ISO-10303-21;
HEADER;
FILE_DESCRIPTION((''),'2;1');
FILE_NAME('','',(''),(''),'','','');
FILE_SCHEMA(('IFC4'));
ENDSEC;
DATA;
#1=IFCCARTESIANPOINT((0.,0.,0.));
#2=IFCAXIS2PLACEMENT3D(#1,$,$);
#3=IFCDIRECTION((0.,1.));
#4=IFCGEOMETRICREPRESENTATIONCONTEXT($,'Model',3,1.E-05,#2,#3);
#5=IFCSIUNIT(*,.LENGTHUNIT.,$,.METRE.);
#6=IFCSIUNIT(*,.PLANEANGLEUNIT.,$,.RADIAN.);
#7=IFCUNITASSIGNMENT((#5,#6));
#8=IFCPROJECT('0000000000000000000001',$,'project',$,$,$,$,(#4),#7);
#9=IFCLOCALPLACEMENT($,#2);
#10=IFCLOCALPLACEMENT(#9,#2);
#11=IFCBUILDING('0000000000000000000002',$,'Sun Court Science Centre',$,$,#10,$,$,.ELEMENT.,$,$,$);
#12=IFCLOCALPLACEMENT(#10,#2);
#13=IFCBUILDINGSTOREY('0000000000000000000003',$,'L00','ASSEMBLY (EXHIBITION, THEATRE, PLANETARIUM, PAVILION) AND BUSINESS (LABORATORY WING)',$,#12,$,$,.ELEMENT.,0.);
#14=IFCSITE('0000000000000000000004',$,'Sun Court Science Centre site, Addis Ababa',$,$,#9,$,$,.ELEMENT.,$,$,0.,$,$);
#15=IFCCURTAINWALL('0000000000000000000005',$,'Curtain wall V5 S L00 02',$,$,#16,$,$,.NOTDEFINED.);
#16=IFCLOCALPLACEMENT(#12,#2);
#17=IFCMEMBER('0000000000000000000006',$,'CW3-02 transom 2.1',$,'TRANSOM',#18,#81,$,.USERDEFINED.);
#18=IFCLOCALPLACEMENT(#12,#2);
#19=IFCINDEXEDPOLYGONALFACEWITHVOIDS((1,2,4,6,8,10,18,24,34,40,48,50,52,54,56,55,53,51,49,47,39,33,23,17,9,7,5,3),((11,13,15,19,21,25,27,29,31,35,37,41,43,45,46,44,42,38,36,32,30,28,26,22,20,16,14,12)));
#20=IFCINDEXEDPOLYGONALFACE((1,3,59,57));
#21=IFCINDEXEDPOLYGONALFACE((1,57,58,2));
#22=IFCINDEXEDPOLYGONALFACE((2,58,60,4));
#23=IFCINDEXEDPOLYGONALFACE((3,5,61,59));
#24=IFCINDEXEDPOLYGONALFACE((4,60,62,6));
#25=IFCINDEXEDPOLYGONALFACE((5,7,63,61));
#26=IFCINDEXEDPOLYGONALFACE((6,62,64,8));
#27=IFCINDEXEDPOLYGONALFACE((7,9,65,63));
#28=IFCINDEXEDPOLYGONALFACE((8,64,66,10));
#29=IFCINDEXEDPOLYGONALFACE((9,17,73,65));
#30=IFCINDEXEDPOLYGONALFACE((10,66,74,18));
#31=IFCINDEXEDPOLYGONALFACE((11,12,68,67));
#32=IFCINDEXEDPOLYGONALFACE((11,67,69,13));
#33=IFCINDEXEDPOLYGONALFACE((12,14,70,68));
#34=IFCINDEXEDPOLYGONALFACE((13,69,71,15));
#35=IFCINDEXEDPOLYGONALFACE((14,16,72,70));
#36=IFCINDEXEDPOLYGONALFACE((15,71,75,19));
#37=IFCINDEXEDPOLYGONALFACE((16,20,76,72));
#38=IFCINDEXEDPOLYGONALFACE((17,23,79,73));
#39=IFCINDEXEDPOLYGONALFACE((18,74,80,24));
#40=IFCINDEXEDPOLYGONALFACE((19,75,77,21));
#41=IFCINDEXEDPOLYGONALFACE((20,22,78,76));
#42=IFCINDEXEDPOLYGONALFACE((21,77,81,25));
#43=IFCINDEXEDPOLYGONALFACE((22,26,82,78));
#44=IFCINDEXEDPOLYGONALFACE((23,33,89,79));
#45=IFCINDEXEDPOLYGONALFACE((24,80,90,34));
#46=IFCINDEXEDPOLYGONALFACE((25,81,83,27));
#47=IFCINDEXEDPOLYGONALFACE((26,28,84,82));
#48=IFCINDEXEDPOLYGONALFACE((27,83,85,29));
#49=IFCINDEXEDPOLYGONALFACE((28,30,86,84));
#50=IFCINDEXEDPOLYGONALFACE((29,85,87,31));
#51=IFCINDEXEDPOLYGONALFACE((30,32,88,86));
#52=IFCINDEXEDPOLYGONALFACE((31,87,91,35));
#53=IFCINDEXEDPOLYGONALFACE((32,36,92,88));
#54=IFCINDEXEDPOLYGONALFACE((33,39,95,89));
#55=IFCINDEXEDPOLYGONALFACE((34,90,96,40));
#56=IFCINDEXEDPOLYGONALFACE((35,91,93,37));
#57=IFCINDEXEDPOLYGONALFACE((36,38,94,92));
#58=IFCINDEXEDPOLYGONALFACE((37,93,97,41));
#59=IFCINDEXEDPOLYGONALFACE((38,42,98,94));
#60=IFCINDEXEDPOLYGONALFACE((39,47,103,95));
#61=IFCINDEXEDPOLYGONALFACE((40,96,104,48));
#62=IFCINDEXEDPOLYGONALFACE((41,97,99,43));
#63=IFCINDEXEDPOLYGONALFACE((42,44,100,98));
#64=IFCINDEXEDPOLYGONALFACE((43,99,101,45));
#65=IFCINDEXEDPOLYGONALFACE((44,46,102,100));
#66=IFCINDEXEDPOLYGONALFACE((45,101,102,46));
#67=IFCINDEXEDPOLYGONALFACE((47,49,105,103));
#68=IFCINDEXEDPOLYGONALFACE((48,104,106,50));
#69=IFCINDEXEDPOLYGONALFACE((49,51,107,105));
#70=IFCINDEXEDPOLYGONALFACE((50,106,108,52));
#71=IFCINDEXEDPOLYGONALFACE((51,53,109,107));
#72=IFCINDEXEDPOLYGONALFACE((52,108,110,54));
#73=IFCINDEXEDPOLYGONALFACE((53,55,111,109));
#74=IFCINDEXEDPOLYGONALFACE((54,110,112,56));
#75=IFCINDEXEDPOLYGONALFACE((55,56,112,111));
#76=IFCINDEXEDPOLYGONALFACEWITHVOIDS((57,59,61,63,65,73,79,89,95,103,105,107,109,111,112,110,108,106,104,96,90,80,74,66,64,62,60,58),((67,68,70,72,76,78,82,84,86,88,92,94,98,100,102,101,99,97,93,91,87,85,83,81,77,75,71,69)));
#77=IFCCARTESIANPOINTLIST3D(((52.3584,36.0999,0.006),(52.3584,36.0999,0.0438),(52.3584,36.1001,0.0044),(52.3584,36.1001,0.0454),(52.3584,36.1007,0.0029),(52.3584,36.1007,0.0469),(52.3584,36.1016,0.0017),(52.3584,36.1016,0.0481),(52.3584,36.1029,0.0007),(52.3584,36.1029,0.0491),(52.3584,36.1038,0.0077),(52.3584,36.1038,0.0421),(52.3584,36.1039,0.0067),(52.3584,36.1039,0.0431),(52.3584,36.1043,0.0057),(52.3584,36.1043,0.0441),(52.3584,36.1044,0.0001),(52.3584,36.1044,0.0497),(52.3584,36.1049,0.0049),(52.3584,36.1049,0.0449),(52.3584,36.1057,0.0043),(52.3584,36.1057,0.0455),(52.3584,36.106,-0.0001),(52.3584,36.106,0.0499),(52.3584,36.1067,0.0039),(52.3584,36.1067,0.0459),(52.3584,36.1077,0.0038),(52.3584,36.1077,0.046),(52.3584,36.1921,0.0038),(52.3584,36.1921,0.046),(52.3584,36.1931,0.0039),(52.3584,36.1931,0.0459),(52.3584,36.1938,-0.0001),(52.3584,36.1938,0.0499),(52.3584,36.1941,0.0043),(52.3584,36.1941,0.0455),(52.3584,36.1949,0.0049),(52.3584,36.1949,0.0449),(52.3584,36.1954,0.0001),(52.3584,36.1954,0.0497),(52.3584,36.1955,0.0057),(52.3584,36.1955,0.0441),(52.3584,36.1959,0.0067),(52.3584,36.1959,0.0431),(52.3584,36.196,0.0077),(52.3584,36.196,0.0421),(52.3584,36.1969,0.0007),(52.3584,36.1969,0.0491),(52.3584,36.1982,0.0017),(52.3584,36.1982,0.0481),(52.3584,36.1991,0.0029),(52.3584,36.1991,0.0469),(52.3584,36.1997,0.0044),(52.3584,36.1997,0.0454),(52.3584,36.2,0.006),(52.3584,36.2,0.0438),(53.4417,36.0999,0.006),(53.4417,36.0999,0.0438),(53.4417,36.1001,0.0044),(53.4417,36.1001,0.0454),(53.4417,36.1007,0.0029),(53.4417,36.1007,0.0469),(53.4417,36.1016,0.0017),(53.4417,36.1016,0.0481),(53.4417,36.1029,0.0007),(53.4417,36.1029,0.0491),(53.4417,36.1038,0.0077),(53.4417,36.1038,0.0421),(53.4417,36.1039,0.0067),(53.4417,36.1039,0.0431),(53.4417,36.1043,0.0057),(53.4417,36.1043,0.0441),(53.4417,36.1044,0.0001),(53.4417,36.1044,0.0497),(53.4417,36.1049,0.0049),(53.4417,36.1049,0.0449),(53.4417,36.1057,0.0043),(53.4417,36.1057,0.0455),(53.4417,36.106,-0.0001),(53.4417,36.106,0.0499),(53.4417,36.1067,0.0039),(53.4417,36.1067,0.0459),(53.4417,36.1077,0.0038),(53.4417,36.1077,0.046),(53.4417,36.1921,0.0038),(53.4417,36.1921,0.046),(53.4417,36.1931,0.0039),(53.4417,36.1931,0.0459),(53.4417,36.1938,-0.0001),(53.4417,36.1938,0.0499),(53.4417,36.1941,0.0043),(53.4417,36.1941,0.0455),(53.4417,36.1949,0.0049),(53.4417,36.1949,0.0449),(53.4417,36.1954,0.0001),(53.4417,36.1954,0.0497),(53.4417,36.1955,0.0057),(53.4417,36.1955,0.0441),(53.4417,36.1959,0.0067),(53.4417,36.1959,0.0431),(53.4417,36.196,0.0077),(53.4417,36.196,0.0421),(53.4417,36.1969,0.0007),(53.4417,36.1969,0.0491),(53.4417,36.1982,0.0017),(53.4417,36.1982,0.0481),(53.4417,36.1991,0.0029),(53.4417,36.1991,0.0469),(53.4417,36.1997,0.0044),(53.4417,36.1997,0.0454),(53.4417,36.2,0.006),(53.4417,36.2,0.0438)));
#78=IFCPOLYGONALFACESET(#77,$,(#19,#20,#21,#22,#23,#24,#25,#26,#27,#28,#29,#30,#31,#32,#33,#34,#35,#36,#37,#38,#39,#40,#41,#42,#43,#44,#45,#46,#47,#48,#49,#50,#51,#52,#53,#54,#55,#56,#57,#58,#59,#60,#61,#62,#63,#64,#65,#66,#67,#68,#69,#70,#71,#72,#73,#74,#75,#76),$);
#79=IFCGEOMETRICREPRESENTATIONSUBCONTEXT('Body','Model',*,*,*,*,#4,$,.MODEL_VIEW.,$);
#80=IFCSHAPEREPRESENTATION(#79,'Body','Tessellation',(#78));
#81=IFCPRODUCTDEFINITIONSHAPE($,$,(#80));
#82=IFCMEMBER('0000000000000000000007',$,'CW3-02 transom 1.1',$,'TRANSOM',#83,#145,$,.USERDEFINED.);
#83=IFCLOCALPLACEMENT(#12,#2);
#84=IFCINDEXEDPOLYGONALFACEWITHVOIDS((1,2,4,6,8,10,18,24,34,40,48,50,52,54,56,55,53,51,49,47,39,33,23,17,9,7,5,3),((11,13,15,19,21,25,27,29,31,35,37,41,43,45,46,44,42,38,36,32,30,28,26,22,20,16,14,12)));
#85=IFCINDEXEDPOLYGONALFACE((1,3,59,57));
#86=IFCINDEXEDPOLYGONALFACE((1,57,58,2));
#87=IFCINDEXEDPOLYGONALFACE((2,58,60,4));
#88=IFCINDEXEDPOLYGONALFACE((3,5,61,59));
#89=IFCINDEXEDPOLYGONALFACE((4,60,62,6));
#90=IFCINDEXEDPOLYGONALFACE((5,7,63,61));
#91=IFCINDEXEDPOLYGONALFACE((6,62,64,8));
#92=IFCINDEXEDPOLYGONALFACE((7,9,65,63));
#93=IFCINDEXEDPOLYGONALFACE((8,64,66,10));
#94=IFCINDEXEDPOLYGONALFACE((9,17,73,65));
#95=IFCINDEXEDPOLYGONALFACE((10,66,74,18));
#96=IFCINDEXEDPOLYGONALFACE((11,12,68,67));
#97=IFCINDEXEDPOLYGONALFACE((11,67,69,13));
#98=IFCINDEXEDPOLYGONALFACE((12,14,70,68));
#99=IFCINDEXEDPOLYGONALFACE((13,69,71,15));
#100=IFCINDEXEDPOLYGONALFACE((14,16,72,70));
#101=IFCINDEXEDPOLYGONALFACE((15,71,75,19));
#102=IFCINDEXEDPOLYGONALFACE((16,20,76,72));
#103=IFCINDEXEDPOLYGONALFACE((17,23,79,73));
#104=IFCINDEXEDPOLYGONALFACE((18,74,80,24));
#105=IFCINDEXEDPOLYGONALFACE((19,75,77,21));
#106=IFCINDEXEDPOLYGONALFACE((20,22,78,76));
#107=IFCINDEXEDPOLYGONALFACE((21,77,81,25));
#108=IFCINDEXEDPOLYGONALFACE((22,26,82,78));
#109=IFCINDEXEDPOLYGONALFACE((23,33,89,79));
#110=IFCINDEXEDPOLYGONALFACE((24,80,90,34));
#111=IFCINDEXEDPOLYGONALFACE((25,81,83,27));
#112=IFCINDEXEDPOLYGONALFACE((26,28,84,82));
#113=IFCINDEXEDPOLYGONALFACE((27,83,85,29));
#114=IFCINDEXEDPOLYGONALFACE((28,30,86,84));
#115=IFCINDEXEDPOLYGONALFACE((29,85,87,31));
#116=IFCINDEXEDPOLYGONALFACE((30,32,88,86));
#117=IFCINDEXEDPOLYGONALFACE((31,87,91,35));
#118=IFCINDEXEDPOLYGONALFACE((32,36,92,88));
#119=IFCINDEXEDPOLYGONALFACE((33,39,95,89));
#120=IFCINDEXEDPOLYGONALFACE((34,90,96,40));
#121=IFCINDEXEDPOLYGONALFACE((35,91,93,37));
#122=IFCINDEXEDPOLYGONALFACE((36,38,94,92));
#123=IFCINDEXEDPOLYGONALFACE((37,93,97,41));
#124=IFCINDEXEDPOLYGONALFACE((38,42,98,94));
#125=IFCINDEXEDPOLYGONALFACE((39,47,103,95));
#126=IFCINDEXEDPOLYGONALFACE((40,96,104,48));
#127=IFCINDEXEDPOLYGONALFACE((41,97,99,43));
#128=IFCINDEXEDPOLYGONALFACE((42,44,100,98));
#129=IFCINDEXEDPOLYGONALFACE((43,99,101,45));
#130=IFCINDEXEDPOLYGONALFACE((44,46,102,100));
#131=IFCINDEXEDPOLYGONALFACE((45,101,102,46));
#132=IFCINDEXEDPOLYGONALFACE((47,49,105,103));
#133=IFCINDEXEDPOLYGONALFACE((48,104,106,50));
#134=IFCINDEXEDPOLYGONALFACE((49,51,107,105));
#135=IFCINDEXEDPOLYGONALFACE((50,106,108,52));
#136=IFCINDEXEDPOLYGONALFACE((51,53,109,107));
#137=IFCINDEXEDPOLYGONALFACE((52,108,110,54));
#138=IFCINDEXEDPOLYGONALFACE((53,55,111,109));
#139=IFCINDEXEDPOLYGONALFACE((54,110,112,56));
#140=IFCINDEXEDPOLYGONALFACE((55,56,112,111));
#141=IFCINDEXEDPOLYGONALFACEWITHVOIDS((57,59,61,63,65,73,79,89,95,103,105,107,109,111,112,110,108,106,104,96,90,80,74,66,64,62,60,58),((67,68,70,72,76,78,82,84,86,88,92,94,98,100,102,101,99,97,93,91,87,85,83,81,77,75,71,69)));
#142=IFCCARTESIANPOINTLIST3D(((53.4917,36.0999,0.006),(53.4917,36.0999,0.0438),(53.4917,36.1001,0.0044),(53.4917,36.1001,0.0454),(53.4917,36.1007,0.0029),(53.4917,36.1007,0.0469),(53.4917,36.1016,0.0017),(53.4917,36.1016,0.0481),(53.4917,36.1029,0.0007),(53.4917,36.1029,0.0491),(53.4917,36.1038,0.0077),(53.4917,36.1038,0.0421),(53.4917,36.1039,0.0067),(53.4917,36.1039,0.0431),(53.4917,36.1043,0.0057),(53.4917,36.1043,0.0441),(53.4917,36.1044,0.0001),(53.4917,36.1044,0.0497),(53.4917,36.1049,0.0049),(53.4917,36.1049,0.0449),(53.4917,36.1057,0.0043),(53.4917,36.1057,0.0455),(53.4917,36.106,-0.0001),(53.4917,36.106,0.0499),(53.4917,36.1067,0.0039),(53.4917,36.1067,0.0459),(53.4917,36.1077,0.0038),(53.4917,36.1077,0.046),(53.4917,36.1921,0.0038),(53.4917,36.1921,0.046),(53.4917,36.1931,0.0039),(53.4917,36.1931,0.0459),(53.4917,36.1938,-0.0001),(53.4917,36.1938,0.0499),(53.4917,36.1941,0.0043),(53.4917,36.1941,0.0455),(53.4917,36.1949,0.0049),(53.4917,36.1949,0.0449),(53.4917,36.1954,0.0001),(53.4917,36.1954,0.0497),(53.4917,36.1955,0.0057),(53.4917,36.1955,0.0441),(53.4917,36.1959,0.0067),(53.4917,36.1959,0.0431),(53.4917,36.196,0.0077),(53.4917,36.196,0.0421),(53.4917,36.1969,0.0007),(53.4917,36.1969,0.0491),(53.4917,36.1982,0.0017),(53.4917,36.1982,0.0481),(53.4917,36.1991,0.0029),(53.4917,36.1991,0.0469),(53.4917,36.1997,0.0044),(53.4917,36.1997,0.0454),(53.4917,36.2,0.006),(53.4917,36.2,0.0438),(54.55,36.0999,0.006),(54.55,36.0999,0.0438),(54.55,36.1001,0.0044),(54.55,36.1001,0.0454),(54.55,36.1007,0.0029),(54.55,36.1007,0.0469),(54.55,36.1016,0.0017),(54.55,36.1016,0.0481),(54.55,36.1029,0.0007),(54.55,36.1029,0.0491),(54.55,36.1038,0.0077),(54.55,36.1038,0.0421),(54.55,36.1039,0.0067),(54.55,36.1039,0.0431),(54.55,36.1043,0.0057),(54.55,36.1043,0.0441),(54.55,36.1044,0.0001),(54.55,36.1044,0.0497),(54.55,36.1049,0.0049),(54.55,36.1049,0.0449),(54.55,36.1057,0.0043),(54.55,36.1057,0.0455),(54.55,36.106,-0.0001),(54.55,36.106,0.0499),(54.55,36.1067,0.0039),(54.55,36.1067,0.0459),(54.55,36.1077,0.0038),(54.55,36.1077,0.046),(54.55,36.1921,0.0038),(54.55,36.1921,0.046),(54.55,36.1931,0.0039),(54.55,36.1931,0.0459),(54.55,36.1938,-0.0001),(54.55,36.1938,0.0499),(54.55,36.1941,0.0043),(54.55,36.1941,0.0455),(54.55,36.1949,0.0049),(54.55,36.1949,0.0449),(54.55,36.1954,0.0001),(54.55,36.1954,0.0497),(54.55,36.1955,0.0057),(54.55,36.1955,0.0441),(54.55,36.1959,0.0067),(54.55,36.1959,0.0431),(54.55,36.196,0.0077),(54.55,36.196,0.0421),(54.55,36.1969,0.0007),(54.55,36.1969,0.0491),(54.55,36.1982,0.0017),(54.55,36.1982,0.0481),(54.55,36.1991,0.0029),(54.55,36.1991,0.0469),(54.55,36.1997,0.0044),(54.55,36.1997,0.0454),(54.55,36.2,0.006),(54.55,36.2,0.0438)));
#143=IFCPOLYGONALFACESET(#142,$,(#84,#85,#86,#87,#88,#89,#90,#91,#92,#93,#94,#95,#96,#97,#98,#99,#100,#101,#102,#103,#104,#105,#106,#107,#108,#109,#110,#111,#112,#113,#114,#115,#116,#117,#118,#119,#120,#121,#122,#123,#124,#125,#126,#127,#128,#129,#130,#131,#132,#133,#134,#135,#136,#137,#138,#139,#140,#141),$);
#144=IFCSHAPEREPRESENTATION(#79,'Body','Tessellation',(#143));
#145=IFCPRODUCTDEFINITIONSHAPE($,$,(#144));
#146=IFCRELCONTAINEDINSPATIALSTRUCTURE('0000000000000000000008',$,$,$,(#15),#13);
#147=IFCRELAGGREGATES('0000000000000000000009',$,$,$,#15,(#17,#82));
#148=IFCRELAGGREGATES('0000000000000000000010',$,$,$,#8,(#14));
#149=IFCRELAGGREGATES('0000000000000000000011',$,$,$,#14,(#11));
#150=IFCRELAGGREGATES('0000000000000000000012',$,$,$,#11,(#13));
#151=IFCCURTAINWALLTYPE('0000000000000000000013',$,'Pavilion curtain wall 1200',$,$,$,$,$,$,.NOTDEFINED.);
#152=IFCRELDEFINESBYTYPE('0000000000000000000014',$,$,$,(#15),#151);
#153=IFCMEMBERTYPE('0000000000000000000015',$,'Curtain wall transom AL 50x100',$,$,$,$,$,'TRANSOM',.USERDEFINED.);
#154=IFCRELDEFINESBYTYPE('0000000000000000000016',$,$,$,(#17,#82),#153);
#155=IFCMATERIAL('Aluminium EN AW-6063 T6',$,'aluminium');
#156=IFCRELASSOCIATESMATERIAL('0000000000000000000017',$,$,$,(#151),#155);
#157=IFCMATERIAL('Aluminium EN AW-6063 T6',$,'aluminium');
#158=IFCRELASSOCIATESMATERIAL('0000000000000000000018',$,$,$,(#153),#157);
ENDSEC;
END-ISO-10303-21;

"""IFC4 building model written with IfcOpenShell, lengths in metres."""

from ifc_helpers import new_model, si_unit, direction, frame, origin, origin_2d, place, context, subcontext, project, spatial, hollow_rectangle, extrude, material, material_profile, profile_set, type_object, element, aggregate, save


model = new_model("IFC4")

# Units and contexts
model_context = context("Model", 3, precision=1e-05, world=origin(), true_north=direction((0.0, 1.0)))
body_context = subcontext(model_context, "Body", "Model", "MODEL_VIEW")
ifc_project = project(units=[si_unit("LENGTHUNIT", "METRE"), si_unit("PLANEANGLEUNIT", "RADIAN")], contexts=[model_context])

# Site, building, storey
site_placement = place(None, origin())
site = spatial("IfcSite", under=ifc_project, at=site_placement, Name="Sun Court Science Centre site, Addis Ababa", CompositionType="ELEMENT", RefElevation=0.0)
building_placement = place(site_placement, origin())
building = spatial("IfcBuilding", under=site, at=building_placement, Name="Sun Court Science Centre", CompositionType="ELEMENT")
storey_placement = place(building_placement, origin())
storey = spatial("IfcBuildingStorey", under=building, at=storey_placement, Name="L00", Description="ASSEMBLY (EXHIBITION, THEATRE, PLANETARIUM, PAVILION) AND BUSINESS (LABORATORY WING)", CompositionType="ELEMENT", Elevation=0.0)

# Shared definitions
ifc_material_1 = material(Name="Aluminium EN AW-6063 T6", Category="aluminium")
curtain_wall_type = type_object("IfcCurtainWallType", Name="Pavilion curtain wall 1200", PredefinedType="NOTDEFINED", material=ifc_material_1)

# Curtain wall, members
curtain_wall_1_placement = place(storey_placement, origin())
curtain_wall_1 = element("IfcCurtainWall", 1, at=curtain_wall_1_placement, inside=storey, type_object=curtain_wall_type, Name="Curtain wall V5 S L00 02", PredefinedType="NOTDEFINED")
ifc_material_2 = material(Name="Aluminium EN AW-6063 T6", Category="aluminium")
ifc_material_profile_1 = material_profile(ifc_material_2, hollow_rectangle(XDim=0.05, YDim=0.1001, WallThickness=0.0039, InnerFilletRadius=0.0039, OuterFilletRadius=0.0061, at=origin_2d()), Name="AL 50x100x4")
ifc_profile_set_1 = profile_set([ifc_material_profile_1], Name="Aluminium EN AW-6063 T6")
member_type_1 = type_object("IfcMemberType", Name="Curtain wall transom AL 50x100", ElementType="TRANSOM", PredefinedType="USERDEFINED", material=ifc_profile_set_1)
member_1_placement = place(storey_placement, frame((53.4417, 36.1499, 0.0249), z_axis=(-1.0, 0.0, 0.0), x_axis=(0.0, 0.0, 1.0)))
member_1 = element("IfcMember", 2, at=member_1_placement, type_object=member_type_1, Name="CW3-02 transom 2.1", ObjectType="TRANSOM", PredefinedType="USERDEFINED", context=body_context, shape_type="SweptSolid", body=[
    extrude(hollow_rectangle(XDim=0.05, YDim=0.1001, WallThickness=0.0039, InnerFilletRadius=0.0039, OuterFilletRadius=0.0061, at=origin_2d()), origin(), (0.0, 0.0, 1.0), 1.0833),
])
member_2_placement = place(storey_placement, frame((54.55, 36.1499, 0.0249), z_axis=(-1.0, 0.0, 0.0), x_axis=(0.0, 0.0, 1.0)))
member_2 = element("IfcMember", 3, at=member_2_placement, type_object=member_type_1, Name="CW3-02 transom 1.1", ObjectType="TRANSOM", PredefinedType="USERDEFINED", context=body_context, shape_type="SweptSolid", body=[
    extrude(hollow_rectangle(XDim=0.05, YDim=0.1001, WallThickness=0.0039, InnerFilletRadius=0.0039, OuterFilletRadius=0.0061, at=origin_2d()), origin(), (0.0, 0.0, 1.0), 1.0583),
])

aggregate(curtain_wall_1, [member_1, member_2])

save(model, "model.ifc")
